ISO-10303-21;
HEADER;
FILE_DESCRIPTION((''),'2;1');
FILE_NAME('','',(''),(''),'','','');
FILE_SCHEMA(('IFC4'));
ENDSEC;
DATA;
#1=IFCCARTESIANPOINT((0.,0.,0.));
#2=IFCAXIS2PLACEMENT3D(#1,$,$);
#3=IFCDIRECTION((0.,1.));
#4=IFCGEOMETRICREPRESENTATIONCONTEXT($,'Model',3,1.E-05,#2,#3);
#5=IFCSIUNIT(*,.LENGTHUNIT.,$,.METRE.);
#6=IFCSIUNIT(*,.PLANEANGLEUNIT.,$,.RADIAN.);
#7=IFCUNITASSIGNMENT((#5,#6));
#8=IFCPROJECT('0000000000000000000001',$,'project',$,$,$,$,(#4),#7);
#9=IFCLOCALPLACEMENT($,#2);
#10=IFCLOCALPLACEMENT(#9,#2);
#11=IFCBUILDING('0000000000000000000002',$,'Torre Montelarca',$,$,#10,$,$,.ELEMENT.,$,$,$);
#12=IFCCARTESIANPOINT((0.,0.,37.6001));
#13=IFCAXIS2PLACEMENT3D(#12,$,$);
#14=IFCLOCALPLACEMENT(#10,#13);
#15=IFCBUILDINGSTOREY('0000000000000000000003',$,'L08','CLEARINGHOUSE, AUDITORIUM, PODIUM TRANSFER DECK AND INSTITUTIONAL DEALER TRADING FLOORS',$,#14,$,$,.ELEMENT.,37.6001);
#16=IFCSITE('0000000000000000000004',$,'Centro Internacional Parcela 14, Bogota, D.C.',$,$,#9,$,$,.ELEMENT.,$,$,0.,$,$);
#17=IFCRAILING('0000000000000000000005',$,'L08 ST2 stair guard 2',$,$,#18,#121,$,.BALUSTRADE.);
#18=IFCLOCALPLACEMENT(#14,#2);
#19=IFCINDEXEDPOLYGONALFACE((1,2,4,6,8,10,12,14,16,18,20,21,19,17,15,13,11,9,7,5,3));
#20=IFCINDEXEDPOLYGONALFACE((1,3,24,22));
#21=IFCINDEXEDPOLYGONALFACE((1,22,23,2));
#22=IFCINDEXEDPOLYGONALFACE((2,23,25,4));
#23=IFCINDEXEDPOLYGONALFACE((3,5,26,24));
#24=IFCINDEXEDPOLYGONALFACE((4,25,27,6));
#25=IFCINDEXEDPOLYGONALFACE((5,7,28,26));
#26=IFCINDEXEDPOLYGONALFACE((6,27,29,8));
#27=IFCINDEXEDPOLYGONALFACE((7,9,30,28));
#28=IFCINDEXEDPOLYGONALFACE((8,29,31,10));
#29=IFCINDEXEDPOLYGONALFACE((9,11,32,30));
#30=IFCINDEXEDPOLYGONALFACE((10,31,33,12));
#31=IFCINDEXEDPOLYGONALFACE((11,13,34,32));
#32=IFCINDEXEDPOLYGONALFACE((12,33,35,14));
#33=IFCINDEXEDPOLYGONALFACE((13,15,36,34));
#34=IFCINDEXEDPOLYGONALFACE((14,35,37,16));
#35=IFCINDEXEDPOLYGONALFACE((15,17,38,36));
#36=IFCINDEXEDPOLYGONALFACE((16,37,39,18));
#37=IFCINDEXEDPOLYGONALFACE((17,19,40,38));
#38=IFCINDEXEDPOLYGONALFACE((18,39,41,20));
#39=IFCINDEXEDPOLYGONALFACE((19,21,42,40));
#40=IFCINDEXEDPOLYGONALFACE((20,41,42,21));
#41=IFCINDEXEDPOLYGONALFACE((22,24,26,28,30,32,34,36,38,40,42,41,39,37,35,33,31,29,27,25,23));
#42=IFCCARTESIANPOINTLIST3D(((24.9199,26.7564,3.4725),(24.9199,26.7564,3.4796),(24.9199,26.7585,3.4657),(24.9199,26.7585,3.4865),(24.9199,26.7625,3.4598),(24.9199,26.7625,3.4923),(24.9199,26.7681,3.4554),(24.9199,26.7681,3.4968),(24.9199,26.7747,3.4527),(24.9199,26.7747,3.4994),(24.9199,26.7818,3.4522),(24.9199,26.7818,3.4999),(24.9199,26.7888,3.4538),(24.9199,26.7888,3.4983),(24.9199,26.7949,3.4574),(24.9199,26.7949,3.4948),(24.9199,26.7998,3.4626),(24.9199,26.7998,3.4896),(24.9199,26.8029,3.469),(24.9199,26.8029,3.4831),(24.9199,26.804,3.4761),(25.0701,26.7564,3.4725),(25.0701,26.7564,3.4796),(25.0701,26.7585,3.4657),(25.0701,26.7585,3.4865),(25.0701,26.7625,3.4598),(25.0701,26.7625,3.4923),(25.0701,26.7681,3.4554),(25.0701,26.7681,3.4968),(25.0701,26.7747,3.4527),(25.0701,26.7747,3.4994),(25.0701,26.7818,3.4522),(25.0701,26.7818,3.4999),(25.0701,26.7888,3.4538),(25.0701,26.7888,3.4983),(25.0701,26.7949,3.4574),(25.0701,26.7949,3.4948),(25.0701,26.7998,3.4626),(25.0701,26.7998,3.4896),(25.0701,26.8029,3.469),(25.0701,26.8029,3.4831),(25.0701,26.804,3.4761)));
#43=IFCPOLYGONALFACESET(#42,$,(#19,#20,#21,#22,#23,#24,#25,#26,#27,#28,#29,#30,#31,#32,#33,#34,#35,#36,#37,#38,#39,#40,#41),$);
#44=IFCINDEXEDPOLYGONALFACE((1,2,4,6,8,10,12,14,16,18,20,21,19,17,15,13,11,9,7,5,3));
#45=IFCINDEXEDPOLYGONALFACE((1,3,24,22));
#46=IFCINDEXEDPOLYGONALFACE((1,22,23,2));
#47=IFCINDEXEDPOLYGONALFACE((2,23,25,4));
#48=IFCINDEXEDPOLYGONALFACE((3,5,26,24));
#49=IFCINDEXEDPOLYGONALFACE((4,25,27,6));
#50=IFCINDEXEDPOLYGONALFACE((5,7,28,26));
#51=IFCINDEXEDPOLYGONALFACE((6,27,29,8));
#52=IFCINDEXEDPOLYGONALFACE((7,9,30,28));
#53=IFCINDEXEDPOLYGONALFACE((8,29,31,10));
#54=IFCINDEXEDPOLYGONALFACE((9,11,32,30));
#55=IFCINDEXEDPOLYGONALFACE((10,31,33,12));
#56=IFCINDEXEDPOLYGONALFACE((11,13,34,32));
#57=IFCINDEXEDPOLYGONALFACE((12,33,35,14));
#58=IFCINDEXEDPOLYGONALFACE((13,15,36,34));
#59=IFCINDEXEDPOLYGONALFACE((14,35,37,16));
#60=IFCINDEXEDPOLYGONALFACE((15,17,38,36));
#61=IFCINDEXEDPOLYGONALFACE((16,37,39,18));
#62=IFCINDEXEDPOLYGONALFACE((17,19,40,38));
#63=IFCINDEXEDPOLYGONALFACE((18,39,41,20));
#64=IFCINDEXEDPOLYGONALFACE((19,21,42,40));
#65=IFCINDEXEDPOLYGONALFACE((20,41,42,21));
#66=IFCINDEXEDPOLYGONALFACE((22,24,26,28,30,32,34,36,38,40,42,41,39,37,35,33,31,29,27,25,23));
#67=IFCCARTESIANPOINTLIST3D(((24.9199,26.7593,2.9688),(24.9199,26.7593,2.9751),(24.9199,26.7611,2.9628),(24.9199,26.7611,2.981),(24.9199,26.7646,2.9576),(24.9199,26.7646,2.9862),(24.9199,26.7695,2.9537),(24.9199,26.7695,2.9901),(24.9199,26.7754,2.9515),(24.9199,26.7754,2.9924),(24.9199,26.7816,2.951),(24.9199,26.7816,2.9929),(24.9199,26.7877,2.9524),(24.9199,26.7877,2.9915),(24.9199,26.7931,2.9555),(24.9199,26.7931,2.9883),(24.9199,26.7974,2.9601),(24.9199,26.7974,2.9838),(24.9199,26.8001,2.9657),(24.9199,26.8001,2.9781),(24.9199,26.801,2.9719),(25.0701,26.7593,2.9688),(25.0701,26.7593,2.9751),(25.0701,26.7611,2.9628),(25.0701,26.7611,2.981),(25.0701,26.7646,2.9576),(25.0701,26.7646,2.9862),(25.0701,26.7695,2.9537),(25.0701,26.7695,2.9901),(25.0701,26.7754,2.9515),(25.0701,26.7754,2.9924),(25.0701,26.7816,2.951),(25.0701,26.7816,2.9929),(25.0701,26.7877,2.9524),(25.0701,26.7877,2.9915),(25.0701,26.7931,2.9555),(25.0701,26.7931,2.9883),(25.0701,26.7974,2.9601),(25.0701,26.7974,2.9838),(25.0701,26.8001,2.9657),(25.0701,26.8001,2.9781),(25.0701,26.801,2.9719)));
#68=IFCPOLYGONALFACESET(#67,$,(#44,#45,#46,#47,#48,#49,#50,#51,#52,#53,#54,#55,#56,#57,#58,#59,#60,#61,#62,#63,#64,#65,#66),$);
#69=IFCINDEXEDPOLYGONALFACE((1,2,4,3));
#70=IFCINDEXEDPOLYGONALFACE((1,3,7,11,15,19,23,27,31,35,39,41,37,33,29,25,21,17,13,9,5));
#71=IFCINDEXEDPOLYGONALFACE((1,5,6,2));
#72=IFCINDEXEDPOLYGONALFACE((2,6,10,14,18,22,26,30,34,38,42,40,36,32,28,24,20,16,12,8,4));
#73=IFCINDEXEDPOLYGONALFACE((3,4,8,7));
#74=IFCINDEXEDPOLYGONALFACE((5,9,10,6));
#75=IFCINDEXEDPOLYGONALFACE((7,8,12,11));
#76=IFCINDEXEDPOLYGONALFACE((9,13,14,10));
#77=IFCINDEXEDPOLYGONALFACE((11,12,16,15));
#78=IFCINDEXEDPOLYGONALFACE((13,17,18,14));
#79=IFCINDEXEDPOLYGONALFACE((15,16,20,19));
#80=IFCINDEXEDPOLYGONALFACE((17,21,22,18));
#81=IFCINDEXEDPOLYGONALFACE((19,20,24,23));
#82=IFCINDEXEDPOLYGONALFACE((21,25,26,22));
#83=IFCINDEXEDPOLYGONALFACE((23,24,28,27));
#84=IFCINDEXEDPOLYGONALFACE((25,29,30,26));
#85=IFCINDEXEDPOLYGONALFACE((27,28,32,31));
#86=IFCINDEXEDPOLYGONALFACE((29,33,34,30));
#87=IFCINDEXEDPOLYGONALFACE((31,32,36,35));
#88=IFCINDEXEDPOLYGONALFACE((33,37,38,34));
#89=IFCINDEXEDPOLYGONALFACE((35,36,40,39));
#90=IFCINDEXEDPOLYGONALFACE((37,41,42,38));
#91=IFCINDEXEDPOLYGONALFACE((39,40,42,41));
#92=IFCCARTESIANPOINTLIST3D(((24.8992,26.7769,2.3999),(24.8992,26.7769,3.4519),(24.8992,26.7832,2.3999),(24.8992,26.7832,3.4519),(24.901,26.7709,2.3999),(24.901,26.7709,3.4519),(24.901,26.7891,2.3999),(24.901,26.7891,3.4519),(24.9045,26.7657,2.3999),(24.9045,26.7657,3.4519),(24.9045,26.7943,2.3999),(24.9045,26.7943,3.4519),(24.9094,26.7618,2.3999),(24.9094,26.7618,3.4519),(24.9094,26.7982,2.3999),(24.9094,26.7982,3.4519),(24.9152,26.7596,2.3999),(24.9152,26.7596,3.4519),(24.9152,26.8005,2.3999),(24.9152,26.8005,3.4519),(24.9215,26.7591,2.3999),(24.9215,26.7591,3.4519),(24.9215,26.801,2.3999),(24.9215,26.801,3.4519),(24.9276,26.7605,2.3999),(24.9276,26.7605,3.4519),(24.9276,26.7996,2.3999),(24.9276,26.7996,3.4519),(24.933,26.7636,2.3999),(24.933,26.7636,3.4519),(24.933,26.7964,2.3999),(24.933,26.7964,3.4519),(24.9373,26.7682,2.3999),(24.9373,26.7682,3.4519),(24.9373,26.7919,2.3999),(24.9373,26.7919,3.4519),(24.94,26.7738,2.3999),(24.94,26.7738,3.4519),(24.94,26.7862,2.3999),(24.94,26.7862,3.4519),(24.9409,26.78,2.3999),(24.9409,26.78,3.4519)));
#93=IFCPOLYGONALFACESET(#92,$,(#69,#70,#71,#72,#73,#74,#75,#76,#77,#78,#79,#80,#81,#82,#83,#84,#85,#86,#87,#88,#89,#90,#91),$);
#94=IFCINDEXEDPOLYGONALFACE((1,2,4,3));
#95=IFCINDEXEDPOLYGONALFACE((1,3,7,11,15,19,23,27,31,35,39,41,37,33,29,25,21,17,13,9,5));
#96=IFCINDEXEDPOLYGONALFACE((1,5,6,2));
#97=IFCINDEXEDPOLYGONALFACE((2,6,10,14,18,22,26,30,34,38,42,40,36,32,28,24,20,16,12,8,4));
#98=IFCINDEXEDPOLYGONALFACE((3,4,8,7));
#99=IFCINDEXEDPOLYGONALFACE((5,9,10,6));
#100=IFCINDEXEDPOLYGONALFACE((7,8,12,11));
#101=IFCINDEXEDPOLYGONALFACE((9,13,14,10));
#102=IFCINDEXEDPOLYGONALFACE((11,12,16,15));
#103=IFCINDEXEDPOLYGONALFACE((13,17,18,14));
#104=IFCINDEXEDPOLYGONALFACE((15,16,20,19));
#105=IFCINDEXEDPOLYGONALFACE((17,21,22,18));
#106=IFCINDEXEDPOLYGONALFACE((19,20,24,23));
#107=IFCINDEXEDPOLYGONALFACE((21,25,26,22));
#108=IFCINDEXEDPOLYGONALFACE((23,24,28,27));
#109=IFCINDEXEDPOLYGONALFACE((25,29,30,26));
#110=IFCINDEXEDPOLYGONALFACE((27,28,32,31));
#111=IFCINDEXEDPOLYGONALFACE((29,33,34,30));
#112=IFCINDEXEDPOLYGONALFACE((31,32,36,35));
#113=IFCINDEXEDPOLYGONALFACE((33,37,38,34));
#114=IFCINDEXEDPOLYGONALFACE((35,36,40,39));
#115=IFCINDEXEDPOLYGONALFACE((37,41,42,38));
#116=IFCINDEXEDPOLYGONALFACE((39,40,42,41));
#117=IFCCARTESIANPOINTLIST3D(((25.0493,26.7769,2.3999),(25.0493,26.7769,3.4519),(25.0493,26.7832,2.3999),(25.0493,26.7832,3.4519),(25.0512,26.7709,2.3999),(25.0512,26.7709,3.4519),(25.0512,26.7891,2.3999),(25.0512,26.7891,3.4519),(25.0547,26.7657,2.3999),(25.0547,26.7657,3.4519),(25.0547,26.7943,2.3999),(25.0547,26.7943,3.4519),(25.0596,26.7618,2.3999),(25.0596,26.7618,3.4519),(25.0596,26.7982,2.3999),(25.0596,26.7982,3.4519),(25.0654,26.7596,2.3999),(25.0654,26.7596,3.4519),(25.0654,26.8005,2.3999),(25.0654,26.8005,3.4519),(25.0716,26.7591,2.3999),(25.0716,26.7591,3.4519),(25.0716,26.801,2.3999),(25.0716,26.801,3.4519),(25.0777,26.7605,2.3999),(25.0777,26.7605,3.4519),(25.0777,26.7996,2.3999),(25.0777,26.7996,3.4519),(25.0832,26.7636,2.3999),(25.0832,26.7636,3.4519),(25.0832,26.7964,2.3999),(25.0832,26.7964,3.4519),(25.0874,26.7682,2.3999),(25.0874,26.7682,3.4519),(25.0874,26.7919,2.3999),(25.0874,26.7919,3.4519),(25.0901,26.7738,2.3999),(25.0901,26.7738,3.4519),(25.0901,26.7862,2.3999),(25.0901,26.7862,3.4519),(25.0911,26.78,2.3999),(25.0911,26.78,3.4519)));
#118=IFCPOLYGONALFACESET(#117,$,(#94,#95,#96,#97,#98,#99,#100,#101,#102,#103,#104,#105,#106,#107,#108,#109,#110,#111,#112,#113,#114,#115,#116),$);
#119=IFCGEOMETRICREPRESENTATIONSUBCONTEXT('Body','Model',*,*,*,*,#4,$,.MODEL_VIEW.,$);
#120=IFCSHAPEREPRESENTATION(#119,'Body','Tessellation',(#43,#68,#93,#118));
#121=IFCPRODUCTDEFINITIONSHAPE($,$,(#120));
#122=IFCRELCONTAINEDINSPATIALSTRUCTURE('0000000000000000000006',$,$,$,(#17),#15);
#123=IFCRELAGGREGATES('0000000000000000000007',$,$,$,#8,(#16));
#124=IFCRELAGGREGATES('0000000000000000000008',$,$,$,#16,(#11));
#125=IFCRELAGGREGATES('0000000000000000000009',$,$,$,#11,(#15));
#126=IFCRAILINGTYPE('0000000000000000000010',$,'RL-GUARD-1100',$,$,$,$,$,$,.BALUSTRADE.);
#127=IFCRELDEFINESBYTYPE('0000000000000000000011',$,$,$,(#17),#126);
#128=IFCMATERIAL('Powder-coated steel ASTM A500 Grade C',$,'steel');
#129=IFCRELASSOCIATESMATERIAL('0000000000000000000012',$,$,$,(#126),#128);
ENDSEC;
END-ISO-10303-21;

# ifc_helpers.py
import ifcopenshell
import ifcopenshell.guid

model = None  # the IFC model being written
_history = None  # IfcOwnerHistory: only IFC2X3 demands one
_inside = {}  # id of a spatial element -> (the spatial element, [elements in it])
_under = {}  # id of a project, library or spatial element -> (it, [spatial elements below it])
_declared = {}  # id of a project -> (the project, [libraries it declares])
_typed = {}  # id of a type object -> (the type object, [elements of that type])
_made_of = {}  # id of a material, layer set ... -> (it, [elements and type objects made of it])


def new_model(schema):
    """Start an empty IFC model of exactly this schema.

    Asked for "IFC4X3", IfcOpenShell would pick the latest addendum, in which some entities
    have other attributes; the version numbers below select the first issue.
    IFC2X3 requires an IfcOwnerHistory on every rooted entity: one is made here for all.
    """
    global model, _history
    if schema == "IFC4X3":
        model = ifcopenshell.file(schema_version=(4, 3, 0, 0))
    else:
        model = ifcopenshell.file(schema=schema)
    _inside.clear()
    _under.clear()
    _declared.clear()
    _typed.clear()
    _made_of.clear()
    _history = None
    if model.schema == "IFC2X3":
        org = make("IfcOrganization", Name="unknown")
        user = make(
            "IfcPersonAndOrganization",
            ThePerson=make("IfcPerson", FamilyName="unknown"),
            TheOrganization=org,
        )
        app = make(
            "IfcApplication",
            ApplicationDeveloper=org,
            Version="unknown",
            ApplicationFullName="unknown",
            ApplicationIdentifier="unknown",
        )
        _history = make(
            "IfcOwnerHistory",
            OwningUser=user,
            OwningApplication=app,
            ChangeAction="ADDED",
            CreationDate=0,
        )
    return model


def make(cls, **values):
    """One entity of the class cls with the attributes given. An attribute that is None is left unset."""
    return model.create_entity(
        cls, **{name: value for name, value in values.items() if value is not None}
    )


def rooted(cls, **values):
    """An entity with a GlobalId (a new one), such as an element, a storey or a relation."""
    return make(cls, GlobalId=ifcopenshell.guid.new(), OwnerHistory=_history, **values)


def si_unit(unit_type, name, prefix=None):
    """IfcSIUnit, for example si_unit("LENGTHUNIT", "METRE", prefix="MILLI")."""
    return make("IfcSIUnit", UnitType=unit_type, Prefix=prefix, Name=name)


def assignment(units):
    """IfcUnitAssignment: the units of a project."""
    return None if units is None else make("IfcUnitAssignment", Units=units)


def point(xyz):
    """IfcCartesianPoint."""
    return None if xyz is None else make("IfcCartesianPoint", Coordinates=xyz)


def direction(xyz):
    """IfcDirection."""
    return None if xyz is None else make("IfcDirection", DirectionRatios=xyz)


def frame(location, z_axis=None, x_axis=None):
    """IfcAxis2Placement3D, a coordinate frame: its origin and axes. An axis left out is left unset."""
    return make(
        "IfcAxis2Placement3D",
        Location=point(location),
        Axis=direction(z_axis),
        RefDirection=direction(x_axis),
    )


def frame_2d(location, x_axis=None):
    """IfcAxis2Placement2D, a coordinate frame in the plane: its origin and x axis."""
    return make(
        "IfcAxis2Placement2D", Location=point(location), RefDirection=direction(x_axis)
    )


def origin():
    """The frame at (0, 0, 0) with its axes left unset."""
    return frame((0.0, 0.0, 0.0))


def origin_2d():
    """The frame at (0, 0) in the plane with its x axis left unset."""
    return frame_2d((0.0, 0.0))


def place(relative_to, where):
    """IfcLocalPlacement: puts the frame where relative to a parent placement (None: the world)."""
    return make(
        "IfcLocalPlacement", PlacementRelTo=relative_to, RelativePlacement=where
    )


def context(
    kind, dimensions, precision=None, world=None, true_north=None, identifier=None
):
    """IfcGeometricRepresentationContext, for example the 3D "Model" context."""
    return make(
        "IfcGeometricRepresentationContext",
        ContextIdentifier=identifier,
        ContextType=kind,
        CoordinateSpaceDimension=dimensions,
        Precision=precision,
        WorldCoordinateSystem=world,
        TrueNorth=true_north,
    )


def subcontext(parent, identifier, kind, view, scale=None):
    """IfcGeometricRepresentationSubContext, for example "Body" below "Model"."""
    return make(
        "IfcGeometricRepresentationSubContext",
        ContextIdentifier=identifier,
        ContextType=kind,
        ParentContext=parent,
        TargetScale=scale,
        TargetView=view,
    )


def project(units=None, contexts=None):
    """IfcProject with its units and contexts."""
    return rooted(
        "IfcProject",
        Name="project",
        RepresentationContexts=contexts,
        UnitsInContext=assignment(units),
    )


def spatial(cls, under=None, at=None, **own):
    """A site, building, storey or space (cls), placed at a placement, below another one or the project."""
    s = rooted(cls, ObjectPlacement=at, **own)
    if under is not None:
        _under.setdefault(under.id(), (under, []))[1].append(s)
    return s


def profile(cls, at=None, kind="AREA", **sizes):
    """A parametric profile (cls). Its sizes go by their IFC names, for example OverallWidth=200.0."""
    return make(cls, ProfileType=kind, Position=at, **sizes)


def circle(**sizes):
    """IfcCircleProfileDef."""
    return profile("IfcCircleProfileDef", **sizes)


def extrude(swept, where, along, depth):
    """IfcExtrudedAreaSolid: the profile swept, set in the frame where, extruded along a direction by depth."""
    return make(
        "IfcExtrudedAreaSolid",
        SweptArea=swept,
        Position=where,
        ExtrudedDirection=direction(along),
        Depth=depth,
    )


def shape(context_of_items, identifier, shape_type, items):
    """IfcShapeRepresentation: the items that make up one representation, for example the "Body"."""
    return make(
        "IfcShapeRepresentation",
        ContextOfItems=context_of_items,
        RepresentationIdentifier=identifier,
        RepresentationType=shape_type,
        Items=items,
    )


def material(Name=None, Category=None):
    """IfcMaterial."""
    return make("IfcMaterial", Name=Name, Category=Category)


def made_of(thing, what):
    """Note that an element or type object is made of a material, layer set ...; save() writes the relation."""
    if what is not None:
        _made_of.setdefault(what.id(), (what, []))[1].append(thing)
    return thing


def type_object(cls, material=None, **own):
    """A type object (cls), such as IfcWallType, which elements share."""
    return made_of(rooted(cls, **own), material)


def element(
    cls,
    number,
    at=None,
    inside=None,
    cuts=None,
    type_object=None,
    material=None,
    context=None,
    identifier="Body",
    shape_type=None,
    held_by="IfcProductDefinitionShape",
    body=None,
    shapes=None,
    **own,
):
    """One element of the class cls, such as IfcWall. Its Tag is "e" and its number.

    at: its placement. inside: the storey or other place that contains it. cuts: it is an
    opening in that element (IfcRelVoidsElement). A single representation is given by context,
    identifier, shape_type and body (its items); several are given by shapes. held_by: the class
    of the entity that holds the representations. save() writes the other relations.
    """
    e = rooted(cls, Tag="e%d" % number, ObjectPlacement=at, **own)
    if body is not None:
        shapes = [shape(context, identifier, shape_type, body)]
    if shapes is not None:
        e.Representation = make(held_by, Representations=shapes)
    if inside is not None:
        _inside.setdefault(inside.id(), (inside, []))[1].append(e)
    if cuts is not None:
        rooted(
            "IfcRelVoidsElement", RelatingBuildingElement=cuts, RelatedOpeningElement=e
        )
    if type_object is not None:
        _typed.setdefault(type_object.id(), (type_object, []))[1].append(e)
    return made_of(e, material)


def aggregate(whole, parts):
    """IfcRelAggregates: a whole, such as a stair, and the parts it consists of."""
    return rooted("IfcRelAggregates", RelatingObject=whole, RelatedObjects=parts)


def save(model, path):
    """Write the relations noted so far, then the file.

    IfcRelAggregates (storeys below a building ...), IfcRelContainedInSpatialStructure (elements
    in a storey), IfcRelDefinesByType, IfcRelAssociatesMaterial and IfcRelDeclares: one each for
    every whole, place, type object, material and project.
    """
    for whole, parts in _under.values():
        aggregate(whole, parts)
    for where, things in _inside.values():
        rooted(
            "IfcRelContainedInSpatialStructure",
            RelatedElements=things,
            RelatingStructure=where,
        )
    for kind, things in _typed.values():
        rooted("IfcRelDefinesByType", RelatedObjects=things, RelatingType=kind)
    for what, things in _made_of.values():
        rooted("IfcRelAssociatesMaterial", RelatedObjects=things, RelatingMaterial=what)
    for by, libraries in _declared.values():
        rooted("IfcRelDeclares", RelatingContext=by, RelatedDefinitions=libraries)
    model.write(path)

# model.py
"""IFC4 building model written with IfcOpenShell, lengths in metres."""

from ifc_helpers import new_model, si_unit, direction, frame, origin, origin_2d, place, context, subcontext, project, spatial, circle, extrude, material, type_object, element, save


model = new_model("IFC4")

# Units and contexts
model_context = context("Model", 3, precision=1e-05, world=origin(), true_north=direction((0.0, 1.0)))
body_context = subcontext(model_context, "Body", "Model", "MODEL_VIEW")
ifc_project = project(units=[si_unit("LENGTHUNIT", "METRE"), si_unit("PLANEANGLEUNIT", "RADIAN")], contexts=[model_context])

# Site, building, storey
site_placement = place(None, origin())
site = spatial("IfcSite", under=ifc_project, at=site_placement, Name="Centro Internacional Parcela 14, Bogota, D.C.", CompositionType="ELEMENT", RefElevation=0.0)
building_placement = place(site_placement, origin())
building = spatial("IfcBuilding", under=site, at=building_placement, Name="Torre Montelarca", CompositionType="ELEMENT")
storey_placement = place(building_placement, frame((0.0, 0.0, 37.6001)))
storey = spatial("IfcBuildingStorey", under=building, at=storey_placement, Name="L08", Description="CLEARINGHOUSE, AUDITORIUM, PODIUM TRANSFER DECK AND INSTITUTIONAL DEALER TRADING FLOORS", CompositionType="ELEMENT", Elevation=37.6001)

# Railing
ifc_material_1 = material(Name="Powder-coated steel ASTM A500 Grade C", Category="steel")
railing_type_1 = type_object("IfcRailingType", Name="RL-GUARD-1100", PredefinedType="BALUSTRADE", material=ifc_material_1)
railing_1_placement = place(storey_placement, frame((24.9199, 26.78, 2.3999)))
element("IfcRailing", 1, at=railing_1_placement, inside=storey, type_object=railing_type_1, Name="L08 ST2 stair guard 2", PredefinedType="BALUSTRADE", context=body_context, shape_type="SweptSolid", body=[
    extrude(circle(Radius=0.0239, at=origin_2d()), frame((0.0, 0.0, 1.0762), z_axis=(1.0, 0.0, 0.0), x_axis=(0.0, 1.0, 0.0)), (0.0, 0.0, 1.0), 0.1501),
    extrude(circle(Radius=0.021, at=origin_2d()), frame((0.0, 0.0, 0.572), z_axis=(1.0, 0.0, 0.0), x_axis=(0.0, 1.0, 0.0)), (0.0, 0.0, 1.0), 0.1501),
    extrude(circle(Radius=0.021, at=origin_2d()), origin(), (0.0, 0.0, 1.0), 1.052),
    extrude(circle(Radius=0.021, at=origin_2d()), frame((0.1501, 0.0, 0.0)), (0.0, 0.0, 1.0), 1.052),
])

save(model, "model.ifc")
